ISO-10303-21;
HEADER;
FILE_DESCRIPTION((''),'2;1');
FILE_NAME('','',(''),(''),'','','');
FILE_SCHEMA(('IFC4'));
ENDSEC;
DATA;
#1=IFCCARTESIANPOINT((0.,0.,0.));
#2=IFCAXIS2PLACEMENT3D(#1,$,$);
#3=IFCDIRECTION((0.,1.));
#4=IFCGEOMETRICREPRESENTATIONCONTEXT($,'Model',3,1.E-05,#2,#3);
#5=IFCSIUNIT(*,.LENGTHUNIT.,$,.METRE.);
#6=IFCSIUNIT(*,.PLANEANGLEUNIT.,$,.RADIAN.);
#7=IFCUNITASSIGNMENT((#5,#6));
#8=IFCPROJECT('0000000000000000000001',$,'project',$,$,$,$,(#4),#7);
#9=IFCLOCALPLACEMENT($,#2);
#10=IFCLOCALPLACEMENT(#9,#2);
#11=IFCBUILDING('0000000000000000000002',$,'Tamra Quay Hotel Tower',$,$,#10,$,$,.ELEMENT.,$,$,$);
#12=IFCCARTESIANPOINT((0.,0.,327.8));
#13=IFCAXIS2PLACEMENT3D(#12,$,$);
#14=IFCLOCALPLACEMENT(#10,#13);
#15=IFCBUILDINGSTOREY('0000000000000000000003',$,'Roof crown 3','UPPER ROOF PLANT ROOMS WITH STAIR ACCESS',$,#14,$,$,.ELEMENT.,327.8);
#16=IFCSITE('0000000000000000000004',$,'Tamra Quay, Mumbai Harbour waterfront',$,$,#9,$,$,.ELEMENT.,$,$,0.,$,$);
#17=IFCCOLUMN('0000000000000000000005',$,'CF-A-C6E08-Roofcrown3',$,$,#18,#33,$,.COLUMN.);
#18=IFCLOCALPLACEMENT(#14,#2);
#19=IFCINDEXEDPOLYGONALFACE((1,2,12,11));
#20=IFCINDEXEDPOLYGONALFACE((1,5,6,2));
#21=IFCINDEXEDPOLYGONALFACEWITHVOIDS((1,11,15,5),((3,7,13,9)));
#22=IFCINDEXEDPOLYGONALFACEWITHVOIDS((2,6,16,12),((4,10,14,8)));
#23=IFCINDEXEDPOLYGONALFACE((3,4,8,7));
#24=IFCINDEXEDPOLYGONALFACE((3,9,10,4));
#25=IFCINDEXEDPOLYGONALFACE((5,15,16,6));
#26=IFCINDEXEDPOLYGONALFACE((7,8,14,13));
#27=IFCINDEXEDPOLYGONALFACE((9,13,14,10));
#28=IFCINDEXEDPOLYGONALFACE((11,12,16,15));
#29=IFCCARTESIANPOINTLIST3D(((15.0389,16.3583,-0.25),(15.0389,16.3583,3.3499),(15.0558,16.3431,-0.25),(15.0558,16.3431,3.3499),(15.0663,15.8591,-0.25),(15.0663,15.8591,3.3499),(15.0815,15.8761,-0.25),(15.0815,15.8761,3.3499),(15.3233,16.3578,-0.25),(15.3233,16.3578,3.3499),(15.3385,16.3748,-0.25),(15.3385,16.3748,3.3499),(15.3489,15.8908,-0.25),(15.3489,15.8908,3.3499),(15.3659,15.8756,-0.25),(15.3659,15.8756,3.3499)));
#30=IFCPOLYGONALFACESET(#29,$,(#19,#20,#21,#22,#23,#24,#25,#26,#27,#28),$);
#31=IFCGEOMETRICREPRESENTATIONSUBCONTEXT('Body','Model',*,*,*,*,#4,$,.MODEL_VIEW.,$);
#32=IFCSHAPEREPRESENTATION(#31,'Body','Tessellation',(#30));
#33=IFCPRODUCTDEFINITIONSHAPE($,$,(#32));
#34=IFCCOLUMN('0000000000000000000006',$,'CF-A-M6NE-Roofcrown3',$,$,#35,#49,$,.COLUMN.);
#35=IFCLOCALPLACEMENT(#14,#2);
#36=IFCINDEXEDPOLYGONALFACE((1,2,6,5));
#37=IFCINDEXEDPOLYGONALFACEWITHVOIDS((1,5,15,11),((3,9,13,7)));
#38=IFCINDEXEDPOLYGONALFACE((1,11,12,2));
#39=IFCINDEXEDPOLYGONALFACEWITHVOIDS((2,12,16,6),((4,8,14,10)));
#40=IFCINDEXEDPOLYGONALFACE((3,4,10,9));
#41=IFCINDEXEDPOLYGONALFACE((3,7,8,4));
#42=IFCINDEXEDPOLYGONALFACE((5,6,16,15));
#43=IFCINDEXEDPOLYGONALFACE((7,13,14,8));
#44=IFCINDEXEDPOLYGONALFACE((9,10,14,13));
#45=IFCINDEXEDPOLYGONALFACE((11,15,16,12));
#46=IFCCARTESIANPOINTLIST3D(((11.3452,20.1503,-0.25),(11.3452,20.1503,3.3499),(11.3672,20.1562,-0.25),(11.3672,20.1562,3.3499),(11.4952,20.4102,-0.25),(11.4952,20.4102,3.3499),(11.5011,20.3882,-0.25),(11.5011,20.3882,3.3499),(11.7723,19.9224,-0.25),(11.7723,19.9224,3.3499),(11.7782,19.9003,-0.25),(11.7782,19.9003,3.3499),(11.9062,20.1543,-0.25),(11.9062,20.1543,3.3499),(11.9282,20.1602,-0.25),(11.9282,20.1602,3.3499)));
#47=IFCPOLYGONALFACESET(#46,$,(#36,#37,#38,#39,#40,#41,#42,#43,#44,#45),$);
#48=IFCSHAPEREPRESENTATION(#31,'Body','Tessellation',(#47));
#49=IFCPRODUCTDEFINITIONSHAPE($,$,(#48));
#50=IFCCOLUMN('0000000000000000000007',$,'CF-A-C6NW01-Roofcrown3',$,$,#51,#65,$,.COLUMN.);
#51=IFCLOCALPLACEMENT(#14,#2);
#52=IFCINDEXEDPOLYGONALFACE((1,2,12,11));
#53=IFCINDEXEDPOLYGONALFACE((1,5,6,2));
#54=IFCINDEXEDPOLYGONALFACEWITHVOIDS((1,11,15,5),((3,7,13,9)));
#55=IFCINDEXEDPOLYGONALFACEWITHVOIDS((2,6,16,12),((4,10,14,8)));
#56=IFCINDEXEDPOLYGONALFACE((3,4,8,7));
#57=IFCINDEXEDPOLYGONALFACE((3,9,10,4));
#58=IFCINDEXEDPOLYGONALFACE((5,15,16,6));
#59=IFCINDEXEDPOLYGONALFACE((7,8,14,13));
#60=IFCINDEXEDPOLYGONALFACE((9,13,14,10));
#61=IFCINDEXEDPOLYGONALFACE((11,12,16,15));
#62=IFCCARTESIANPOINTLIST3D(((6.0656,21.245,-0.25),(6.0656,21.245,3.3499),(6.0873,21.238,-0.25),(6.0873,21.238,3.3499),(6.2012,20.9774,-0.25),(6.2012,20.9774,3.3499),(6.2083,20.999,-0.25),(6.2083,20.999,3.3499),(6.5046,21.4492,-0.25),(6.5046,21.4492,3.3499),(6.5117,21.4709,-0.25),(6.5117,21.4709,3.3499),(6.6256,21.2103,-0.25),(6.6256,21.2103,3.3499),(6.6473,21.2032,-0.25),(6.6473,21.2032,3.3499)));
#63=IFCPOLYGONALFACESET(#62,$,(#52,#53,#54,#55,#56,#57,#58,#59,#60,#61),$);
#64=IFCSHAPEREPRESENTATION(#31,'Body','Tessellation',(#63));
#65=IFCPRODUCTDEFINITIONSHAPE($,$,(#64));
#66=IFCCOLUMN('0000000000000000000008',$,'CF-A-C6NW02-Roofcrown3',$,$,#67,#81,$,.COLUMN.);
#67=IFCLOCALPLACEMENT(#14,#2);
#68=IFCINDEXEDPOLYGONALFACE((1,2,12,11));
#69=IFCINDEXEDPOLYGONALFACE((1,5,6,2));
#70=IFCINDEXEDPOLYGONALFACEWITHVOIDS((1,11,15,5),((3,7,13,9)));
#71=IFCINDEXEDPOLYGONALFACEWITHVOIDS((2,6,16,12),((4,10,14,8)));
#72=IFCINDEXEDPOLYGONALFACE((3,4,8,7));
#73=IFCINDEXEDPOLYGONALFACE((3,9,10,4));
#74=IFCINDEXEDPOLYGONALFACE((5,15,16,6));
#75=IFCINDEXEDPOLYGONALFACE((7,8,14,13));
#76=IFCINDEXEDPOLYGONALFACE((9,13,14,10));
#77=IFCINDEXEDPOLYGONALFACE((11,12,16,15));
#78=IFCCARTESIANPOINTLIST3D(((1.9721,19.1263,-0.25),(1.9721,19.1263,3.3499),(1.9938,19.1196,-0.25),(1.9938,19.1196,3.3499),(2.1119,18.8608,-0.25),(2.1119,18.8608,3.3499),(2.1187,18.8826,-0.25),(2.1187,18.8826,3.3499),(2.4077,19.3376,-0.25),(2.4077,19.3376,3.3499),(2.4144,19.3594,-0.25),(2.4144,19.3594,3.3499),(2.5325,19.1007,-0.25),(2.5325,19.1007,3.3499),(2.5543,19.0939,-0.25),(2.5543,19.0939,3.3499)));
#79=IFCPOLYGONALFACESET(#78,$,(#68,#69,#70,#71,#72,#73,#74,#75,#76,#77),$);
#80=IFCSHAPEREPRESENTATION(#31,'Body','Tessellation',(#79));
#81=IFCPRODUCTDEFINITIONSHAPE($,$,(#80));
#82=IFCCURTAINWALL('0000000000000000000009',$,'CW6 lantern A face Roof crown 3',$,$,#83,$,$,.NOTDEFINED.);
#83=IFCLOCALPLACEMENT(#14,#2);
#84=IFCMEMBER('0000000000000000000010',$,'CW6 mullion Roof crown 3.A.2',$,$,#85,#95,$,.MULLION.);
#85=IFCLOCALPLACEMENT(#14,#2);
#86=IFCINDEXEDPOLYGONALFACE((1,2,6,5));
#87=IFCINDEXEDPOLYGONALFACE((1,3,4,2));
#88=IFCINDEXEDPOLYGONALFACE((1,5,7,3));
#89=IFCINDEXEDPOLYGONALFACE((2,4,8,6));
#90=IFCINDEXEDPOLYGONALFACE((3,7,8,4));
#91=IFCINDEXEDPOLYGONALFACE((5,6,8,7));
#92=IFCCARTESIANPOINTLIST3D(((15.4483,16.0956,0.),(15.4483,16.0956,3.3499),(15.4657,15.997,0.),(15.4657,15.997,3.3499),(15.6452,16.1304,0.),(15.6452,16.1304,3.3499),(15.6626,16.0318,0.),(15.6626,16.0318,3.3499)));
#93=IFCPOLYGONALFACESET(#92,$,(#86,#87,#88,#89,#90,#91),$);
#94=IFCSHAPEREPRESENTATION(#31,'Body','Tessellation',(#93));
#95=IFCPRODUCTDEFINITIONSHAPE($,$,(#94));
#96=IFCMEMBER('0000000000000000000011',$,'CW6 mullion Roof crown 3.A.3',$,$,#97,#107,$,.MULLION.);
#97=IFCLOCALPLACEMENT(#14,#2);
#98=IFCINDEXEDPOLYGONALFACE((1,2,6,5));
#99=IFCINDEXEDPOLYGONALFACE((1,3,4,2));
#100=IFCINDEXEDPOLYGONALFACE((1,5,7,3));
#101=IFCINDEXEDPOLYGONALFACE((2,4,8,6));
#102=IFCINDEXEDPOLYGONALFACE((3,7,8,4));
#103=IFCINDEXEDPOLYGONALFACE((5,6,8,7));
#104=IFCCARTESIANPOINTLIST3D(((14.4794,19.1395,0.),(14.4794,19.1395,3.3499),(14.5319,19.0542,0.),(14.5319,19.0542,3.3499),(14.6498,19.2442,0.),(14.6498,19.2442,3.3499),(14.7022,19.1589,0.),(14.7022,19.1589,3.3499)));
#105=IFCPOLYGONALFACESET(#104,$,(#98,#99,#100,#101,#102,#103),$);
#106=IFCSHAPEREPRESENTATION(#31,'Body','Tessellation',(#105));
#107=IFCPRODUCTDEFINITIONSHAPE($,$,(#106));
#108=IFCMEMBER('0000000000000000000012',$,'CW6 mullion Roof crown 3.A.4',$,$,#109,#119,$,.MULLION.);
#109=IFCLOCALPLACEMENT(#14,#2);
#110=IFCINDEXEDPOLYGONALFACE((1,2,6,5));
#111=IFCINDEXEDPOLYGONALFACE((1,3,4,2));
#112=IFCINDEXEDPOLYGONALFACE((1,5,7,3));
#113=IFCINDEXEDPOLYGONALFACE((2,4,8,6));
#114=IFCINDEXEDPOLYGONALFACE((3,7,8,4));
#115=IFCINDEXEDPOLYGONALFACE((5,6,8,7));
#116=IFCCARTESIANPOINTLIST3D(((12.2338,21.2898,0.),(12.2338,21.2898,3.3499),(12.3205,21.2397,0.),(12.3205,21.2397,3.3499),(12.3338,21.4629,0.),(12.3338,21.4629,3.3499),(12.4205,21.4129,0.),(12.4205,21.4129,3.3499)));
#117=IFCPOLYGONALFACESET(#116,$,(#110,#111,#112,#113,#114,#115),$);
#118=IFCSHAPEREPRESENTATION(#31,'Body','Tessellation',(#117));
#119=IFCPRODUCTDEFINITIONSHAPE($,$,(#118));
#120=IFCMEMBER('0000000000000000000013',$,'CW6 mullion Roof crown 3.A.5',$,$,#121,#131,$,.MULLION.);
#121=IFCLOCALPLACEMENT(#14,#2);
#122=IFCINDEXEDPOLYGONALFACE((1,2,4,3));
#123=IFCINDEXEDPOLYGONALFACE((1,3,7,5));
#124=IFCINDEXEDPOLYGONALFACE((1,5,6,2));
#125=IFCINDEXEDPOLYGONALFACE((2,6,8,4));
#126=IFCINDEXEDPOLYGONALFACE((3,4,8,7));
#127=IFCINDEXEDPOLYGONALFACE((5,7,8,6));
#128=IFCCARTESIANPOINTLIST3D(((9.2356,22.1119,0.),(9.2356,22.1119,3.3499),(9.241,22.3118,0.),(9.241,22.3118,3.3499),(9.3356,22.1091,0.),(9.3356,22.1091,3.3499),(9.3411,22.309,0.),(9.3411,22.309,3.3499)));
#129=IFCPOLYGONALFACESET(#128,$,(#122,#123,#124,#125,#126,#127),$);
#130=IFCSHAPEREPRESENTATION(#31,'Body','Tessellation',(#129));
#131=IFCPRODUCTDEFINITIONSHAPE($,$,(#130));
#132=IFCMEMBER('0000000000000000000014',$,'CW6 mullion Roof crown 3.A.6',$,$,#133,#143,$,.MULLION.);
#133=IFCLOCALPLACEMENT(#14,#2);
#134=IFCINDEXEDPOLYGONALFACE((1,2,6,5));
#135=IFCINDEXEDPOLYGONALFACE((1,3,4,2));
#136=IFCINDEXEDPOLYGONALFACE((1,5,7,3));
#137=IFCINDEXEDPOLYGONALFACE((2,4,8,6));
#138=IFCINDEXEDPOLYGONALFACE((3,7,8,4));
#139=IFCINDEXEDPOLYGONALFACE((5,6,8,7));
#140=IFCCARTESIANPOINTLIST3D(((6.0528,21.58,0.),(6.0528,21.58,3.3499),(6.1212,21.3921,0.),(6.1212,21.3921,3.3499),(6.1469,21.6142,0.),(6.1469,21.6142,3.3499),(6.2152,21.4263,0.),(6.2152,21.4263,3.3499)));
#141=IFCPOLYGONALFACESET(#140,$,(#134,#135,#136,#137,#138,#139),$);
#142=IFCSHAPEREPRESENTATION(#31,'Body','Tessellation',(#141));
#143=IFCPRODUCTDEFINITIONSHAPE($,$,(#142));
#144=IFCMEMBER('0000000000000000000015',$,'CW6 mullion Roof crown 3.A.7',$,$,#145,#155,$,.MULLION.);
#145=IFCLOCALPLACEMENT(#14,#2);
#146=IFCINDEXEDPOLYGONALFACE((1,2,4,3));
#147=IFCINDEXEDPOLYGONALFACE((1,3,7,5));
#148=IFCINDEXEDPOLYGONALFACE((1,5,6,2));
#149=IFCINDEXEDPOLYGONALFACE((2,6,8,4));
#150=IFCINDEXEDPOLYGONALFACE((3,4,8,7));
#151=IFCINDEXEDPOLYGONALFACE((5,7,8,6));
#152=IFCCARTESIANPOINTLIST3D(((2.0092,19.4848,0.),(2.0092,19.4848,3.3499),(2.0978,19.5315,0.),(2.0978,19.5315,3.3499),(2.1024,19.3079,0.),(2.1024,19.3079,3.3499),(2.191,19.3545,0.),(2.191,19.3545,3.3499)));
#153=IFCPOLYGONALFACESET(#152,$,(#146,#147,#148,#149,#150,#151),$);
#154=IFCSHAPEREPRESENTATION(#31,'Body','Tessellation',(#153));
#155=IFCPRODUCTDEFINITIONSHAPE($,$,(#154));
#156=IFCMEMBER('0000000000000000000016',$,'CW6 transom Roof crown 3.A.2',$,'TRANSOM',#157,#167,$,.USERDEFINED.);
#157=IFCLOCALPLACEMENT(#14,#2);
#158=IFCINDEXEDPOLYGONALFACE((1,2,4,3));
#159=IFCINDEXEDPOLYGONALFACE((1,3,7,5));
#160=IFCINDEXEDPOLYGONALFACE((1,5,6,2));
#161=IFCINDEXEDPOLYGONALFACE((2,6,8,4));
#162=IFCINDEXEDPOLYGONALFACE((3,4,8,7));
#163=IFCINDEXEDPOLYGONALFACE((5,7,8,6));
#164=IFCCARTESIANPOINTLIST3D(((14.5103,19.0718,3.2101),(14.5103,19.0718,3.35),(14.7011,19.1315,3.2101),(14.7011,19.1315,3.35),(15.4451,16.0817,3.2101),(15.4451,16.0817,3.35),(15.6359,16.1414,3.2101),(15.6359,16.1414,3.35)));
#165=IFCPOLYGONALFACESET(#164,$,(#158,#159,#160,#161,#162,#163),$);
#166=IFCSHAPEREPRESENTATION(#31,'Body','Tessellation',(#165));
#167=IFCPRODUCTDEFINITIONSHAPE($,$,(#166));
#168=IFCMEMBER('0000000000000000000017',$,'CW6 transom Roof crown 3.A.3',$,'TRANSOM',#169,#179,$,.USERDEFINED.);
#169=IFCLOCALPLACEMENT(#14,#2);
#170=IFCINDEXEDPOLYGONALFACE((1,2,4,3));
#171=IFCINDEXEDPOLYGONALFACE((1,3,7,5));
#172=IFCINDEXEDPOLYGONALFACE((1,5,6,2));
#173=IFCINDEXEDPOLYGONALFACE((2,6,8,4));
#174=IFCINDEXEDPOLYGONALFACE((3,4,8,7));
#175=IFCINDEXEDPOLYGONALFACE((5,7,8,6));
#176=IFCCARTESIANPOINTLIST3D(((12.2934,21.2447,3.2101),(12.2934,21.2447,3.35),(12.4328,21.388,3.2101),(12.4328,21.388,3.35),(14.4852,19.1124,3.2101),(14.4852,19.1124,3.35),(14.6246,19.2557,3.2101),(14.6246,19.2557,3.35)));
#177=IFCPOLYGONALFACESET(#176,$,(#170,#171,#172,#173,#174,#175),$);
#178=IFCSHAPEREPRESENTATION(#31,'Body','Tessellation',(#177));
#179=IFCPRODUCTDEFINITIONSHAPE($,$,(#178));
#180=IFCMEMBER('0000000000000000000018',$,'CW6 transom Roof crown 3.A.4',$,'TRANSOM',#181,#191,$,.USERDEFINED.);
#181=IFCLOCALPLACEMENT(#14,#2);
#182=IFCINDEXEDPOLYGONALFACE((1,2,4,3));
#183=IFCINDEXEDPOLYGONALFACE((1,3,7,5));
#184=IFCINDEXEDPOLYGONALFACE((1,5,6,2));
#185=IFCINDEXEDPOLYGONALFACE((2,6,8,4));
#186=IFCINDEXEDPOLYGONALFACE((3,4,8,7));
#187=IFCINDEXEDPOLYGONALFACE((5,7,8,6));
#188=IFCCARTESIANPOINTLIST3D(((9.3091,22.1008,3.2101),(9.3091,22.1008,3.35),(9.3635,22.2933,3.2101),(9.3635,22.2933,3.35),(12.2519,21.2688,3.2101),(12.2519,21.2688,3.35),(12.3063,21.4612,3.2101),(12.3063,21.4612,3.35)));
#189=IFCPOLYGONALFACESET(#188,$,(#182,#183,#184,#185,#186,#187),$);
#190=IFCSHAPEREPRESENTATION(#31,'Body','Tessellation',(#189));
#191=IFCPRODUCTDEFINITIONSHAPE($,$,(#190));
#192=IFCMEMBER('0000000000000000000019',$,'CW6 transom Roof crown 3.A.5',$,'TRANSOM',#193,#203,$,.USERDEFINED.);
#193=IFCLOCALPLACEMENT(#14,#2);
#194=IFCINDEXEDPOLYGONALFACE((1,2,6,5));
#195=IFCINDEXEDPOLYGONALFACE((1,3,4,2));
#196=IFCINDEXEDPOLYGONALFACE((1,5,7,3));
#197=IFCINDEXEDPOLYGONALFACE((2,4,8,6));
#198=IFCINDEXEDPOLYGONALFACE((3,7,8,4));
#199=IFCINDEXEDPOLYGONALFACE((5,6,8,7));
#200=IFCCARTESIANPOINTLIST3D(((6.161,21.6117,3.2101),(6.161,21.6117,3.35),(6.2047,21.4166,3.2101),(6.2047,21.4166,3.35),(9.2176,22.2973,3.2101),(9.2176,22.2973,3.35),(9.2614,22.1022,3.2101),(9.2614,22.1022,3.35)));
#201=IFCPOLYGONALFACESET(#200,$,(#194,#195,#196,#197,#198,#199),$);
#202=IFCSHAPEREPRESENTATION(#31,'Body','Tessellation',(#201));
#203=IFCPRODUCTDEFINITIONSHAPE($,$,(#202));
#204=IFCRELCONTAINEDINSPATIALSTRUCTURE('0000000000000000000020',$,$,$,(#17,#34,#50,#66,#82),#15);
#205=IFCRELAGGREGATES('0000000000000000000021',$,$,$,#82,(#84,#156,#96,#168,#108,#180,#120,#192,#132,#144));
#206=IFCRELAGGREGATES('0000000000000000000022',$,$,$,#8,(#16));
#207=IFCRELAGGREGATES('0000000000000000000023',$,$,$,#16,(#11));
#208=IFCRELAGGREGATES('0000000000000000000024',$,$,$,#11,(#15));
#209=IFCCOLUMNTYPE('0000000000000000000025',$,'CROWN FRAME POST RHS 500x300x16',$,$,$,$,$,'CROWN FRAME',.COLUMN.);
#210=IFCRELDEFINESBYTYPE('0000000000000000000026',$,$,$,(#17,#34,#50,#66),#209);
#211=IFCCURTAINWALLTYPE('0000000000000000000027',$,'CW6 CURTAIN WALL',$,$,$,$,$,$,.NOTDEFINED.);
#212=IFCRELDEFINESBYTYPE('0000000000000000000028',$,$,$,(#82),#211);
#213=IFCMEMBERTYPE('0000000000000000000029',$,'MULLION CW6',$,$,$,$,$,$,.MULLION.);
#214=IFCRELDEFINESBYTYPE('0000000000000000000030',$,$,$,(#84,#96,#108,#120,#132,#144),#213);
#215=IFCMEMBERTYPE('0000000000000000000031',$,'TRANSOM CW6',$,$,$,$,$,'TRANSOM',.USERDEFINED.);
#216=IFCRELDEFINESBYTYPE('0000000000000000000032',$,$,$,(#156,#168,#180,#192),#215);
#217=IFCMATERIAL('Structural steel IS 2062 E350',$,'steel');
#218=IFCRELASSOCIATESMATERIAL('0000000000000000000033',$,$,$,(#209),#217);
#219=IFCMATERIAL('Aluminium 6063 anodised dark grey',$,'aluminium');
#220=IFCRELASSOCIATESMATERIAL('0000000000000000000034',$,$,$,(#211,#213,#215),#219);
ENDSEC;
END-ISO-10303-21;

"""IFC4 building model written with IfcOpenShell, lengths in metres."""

from ifc_helpers import new_model, si_unit, direction, frame, origin, origin_2d, place, context, subcontext, project, spatial, rectangle, hollow_rectangle, extrude, material, material_profile, profile_set, type_object, element, aggregate, save


model = new_model("IFC4")

# Units and contexts
model_context = context("Model", 3, precision=1e-05, world=origin(), true_north=direction((0.0, 1.0)))
body_context = subcontext(model_context, "Body", "Model", "MODEL_VIEW")
ifc_project = project(units=[si_unit("LENGTHUNIT", "METRE"), si_unit("PLANEANGLEUNIT", "RADIAN")], contexts=[model_context])

# Site, building, storey
site_placement = place(None, origin())
site = spatial("IfcSite", under=ifc_project, at=site_placement, Name="Tamra Quay, Mumbai Harbour waterfront", CompositionType="ELEMENT", RefElevation=0.0)
building_placement = place(site_placement, origin())
building = spatial("IfcBuilding", under=site, at=building_placement, Name="Tamra Quay Hotel Tower", CompositionType="ELEMENT")
storey_placement = place(building_placement, frame((0.0, 0.0, 327.8)))
storey = spatial("IfcBuildingStorey", under=building, at=storey_placement, Name="Roof crown 3", Description="UPPER ROOF PLANT ROOMS WITH STAIR ACCESS", CompositionType="ELEMENT", Elevation=327.8)

# Columns
ifc_material_1 = material(Name="Structural steel IS 2062 E350", Category="steel")
ifc_material_profile_1 = material_profile(ifc_material_1, hollow_rectangle(XDim=0.3, YDim=0.5, WallThickness=0.0161, at=origin_2d()), Name="RHS 500x300x16")
ifc_profile_set_1 = profile_set([ifc_material_profile_1], Name="Structural steel IS 2062 E350")
column_type = type_object("IfcColumnType", Name="CROWN FRAME POST RHS 500x300x16", ElementType="CROWN FRAME", PredefinedType="COLUMN", material=ifc_profile_set_1)
for number, where, z_axis, x_axis, name in (
    (1, (15.2024, 16.1169, -0.25), (0.0, 0.0, 1.0), (0.998491, 0.054917, 0.0), "CF-A-C6E08-Roofcrown3"),
    (2, (11.6367, 20.1553, -0.25), (0.0, 0.0, 1.0), (0.5, 0.866025, 0.0), "CF-A-M6NE-Roofcrown3"),
    (3, (6.3564, 21.2241, -0.25), (0.0, 0.0, 1.0), (-0.451686, 0.892177, 0.0), "CF-A-C6NW01-Roofcrown3"),
    (4, (2.2632, 19.1101, -0.25), (0.0, 0.0, 1.0), (-0.466118, 0.884723, 0.0), "CF-A-C6NW02-Roofcrown3"),
):
    element("IfcColumn", number, at=place(storey_placement, frame(where, z_axis=z_axis, x_axis=x_axis)), inside=storey, type_object=column_type, Name=name, PredefinedType="COLUMN", context=body_context, shape_type="SweptSolid", body=[
        extrude(hollow_rectangle(XDim=0.3, YDim=0.5, WallThickness=0.0161, at=origin_2d()), origin(), (0.0, 0.0, 1.0), 3.5999),
    ])

# Curtain wall, members
ifc_material_2 = material(Name="Aluminium 6063 anodised dark grey", Category="aluminium")
curtain_wall_type = type_object("IfcCurtainWallType", Name="CW6 CURTAIN WALL", PredefinedType="NOTDEFINED", material=ifc_material_2)
curtain_wall_placement = place(storey_placement, origin())
curtain_wall = element("IfcCurtainWall", 5, at=curtain_wall_placement, inside=storey, type_object=curtain_wall_type, Name="CW6 lantern A face Roof crown 3", PredefinedType="NOTDEFINED")
ifc_material_profile_2 = material_profile(ifc_material_2, rectangle(XDim=0.2, YDim=0.1001, at=origin_2d()), Name="MULLION 100X200")
ifc_profile_set_2 = profile_set([ifc_material_profile_2], Name="Aluminium 6063 anodised dark grey")
member_type_1 = type_object("IfcMemberType", Name="MULLION CW6", PredefinedType="MULLION", material=ifc_profile_set_2)
member_1_placement = place(storey_placement, frame((15.5554, 16.0637, 0.0), z_axis=(0.0, 0.0, 1.0), x_axis=(0.98474, 0.174032, 0.0)))
member_1 = element("IfcMember", 6, at=member_1_placement, type_object=member_type_1, Name="CW6 mullion Roof crown 3.A.2", PredefinedType="MULLION", context=body_context, shape_type="SweptSolid", body=[
    extrude(rectangle(XDim=0.2, YDim=0.1001, at=origin_2d()), origin(), (0.0, 0.0, 1.0), 3.3499),
])
member_2_placement = place(storey_placement, frame((14.5908, 19.1492, 0.0), z_axis=(0.0, 0.0, 1.0), x_axis=(0.851964, 0.5236, 0.0)))
member_2 = element("IfcMember", 7, at=member_2_placement, type_object=member_type_1, Name="CW6 mullion Roof crown 3.A.3", PredefinedType="MULLION", context=body_context, shape_type="SweptSolid", body=[
    extrude(rectangle(XDim=0.2, YDim=0.1001, at=origin_2d()), origin(), (0.0, 0.0, 1.0), 3.3499),
])
member_3_placement = place(storey_placement, frame((12.3271, 21.3513, 0.0), z_axis=(0.0, 0.0, 1.0), x_axis=(0.5, 0.866025, 0.0)))
member_3 = element("IfcMember", 8, at=member_3_placement, type_object=member_type_1, Name="CW6 mullion Roof crown 3.A.4", PredefinedType="MULLION", context=body_context, shape_type="SweptSolid", body=[
    extrude(rectangle(XDim=0.2, YDim=0.1001, at=origin_2d()), origin(), (0.0, 0.0, 1.0), 3.3499),
])
member_4_placement = place(storey_placement, frame((9.2883, 22.2104, 0.0), z_axis=(0.0, 0.0, 1.0), x_axis=(0.027469, 0.999623, 0.0)))
member_4 = element("IfcMember", 9, at=member_4_placement, type_object=member_type_1, Name="CW6 mullion Roof crown 3.A.5", PredefinedType="MULLION", context=body_context, shape_type="SweptSolid", body=[
    extrude(rectangle(XDim=0.2, YDim=0.1001, at=origin_2d()), origin(), (0.0, 0.0, 1.0), 3.3499),
])
member_5_placement = place(storey_placement, frame((6.134, 21.5032, 0.0), z_axis=(0.0, 0.0, 1.0), x_axis=(-0.341653, 0.939826, 0.0)))
member_5 = element("IfcMember", 10, at=member_5_placement, type_object=member_type_1, Name="CW6 mullion Roof crown 3.A.6", PredefinedType="MULLION", context=body_context, shape_type="SweptSolid", body=[
    extrude(rectangle(XDim=0.2, YDim=0.1001, at=origin_2d()), origin(), (0.0, 0.0, 1.0), 3.3499),
])
member_6_placement = place(storey_placement, frame((2.1001, 19.4197, 0.0), z_axis=(0.0, 0.0, 1.0), x_axis=(-0.465816, 0.884882, 0.0)))
member_6 = element("IfcMember", 11, at=member_6_placement, type_object=member_type_1, Name="CW6 mullion Roof crown 3.A.7", PredefinedType="MULLION", context=body_context, shape_type="SweptSolid", body=[
    extrude(rectangle(XDim=0.2, YDim=0.1001, at=origin_2d()), origin(), (0.0, 0.0, 1.0), 3.3499),
])
ifc_material_profile_3 = material_profile(ifc_material_2, rectangle(XDim=0.2, YDim=0.1399, at=origin_2d()), Name="TRANSOM 200X140")
ifc_profile_set_3 = profile_set([ifc_material_profile_3], Name="Aluminium 6063 anodised dark grey")
member_type_2 = type_object("IfcMemberType", Name="TRANSOM CW6", ElementType="TRANSOM", PredefinedType="USERDEFINED", material=ifc_profile_set_3)
member_7_placement = place(storey_placement, frame((15.5405, 16.1116, 3.28), z_axis=(-0.298404, 0.95444, 0.0), x_axis=(-0.95444, -0.298404, 0.0)))
member_7 = element("IfcMember", 12, at=member_7_placement, type_object=member_type_2, Name="CW6 transom Roof crown 3.A.2", ObjectType="TRANSOM", PredefinedType="USERDEFINED", context=body_context, shape_type="SweptSolid", body=[
    extrude(rectangle(XDim=0.2, YDim=0.1399, at=origin_2d()), origin(), (0.0, 0.0, 1.0), 3.1328),
])
member_8_placement = place(storey_placement, frame((14.5549, 19.1841, 3.28), z_axis=(-0.71678, 0.6973, 0.0), x_axis=(-0.6973, -0.71678, 0.0)))
member_8 = element("IfcMember", 13, at=member_8_placement, type_object=member_type_2, Name="CW6 transom Roof crown 3.A.3", ObjectType="TRANSOM", PredefinedType="USERDEFINED", context=body_context, shape_type="SweptSolid", body=[
    extrude(rectangle(XDim=0.2, YDim=0.1399, at=origin_2d()), origin(), (0.0, 0.0, 1.0), 3.0579),
])
member_9_placement = place(storey_placement, frame((12.2791, 21.365, 3.28), z_axis=(-0.962274, 0.272084, 0.0), x_axis=(-0.272084, -0.962274, 0.0)))
member_9 = element("IfcMember", 14, at=member_9_placement, type_object=member_type_2, Name="CW6 transom Roof crown 3.A.4", ObjectType="TRANSOM", PredefinedType="USERDEFINED", context=body_context, shape_type="SweptSolid", body=[
    extrude(rectangle(XDim=0.2, YDim=0.1399, at=origin_2d()), origin(), (0.0, 0.0, 1.0), 3.0581),
])
member_10_placement = place(storey_placement, frame((9.2395, 22.1997, 3.28), z_axis=(-0.97576, -0.218845, 0.0), x_axis=(0.218845, -0.97576, 0.0)))
member_10 = element("IfcMember", 15, at=member_10_placement, type_object=member_type_2, Name="CW6 transom Roof crown 3.A.5", ObjectType="TRANSOM", PredefinedType="USERDEFINED", context=body_context, shape_type="SweptSolid", body=[
    extrude(rectangle(XDim=0.2, YDim=0.1399, at=origin_2d()), origin(), (0.0, 0.0, 1.0), 3.1326),
])
aggregate(curtain_wall, [member_1, member_7, member_2, member_8, member_3, member_9, member_4, member_10, member_5, member_6])

save(model, "model.ifc")
